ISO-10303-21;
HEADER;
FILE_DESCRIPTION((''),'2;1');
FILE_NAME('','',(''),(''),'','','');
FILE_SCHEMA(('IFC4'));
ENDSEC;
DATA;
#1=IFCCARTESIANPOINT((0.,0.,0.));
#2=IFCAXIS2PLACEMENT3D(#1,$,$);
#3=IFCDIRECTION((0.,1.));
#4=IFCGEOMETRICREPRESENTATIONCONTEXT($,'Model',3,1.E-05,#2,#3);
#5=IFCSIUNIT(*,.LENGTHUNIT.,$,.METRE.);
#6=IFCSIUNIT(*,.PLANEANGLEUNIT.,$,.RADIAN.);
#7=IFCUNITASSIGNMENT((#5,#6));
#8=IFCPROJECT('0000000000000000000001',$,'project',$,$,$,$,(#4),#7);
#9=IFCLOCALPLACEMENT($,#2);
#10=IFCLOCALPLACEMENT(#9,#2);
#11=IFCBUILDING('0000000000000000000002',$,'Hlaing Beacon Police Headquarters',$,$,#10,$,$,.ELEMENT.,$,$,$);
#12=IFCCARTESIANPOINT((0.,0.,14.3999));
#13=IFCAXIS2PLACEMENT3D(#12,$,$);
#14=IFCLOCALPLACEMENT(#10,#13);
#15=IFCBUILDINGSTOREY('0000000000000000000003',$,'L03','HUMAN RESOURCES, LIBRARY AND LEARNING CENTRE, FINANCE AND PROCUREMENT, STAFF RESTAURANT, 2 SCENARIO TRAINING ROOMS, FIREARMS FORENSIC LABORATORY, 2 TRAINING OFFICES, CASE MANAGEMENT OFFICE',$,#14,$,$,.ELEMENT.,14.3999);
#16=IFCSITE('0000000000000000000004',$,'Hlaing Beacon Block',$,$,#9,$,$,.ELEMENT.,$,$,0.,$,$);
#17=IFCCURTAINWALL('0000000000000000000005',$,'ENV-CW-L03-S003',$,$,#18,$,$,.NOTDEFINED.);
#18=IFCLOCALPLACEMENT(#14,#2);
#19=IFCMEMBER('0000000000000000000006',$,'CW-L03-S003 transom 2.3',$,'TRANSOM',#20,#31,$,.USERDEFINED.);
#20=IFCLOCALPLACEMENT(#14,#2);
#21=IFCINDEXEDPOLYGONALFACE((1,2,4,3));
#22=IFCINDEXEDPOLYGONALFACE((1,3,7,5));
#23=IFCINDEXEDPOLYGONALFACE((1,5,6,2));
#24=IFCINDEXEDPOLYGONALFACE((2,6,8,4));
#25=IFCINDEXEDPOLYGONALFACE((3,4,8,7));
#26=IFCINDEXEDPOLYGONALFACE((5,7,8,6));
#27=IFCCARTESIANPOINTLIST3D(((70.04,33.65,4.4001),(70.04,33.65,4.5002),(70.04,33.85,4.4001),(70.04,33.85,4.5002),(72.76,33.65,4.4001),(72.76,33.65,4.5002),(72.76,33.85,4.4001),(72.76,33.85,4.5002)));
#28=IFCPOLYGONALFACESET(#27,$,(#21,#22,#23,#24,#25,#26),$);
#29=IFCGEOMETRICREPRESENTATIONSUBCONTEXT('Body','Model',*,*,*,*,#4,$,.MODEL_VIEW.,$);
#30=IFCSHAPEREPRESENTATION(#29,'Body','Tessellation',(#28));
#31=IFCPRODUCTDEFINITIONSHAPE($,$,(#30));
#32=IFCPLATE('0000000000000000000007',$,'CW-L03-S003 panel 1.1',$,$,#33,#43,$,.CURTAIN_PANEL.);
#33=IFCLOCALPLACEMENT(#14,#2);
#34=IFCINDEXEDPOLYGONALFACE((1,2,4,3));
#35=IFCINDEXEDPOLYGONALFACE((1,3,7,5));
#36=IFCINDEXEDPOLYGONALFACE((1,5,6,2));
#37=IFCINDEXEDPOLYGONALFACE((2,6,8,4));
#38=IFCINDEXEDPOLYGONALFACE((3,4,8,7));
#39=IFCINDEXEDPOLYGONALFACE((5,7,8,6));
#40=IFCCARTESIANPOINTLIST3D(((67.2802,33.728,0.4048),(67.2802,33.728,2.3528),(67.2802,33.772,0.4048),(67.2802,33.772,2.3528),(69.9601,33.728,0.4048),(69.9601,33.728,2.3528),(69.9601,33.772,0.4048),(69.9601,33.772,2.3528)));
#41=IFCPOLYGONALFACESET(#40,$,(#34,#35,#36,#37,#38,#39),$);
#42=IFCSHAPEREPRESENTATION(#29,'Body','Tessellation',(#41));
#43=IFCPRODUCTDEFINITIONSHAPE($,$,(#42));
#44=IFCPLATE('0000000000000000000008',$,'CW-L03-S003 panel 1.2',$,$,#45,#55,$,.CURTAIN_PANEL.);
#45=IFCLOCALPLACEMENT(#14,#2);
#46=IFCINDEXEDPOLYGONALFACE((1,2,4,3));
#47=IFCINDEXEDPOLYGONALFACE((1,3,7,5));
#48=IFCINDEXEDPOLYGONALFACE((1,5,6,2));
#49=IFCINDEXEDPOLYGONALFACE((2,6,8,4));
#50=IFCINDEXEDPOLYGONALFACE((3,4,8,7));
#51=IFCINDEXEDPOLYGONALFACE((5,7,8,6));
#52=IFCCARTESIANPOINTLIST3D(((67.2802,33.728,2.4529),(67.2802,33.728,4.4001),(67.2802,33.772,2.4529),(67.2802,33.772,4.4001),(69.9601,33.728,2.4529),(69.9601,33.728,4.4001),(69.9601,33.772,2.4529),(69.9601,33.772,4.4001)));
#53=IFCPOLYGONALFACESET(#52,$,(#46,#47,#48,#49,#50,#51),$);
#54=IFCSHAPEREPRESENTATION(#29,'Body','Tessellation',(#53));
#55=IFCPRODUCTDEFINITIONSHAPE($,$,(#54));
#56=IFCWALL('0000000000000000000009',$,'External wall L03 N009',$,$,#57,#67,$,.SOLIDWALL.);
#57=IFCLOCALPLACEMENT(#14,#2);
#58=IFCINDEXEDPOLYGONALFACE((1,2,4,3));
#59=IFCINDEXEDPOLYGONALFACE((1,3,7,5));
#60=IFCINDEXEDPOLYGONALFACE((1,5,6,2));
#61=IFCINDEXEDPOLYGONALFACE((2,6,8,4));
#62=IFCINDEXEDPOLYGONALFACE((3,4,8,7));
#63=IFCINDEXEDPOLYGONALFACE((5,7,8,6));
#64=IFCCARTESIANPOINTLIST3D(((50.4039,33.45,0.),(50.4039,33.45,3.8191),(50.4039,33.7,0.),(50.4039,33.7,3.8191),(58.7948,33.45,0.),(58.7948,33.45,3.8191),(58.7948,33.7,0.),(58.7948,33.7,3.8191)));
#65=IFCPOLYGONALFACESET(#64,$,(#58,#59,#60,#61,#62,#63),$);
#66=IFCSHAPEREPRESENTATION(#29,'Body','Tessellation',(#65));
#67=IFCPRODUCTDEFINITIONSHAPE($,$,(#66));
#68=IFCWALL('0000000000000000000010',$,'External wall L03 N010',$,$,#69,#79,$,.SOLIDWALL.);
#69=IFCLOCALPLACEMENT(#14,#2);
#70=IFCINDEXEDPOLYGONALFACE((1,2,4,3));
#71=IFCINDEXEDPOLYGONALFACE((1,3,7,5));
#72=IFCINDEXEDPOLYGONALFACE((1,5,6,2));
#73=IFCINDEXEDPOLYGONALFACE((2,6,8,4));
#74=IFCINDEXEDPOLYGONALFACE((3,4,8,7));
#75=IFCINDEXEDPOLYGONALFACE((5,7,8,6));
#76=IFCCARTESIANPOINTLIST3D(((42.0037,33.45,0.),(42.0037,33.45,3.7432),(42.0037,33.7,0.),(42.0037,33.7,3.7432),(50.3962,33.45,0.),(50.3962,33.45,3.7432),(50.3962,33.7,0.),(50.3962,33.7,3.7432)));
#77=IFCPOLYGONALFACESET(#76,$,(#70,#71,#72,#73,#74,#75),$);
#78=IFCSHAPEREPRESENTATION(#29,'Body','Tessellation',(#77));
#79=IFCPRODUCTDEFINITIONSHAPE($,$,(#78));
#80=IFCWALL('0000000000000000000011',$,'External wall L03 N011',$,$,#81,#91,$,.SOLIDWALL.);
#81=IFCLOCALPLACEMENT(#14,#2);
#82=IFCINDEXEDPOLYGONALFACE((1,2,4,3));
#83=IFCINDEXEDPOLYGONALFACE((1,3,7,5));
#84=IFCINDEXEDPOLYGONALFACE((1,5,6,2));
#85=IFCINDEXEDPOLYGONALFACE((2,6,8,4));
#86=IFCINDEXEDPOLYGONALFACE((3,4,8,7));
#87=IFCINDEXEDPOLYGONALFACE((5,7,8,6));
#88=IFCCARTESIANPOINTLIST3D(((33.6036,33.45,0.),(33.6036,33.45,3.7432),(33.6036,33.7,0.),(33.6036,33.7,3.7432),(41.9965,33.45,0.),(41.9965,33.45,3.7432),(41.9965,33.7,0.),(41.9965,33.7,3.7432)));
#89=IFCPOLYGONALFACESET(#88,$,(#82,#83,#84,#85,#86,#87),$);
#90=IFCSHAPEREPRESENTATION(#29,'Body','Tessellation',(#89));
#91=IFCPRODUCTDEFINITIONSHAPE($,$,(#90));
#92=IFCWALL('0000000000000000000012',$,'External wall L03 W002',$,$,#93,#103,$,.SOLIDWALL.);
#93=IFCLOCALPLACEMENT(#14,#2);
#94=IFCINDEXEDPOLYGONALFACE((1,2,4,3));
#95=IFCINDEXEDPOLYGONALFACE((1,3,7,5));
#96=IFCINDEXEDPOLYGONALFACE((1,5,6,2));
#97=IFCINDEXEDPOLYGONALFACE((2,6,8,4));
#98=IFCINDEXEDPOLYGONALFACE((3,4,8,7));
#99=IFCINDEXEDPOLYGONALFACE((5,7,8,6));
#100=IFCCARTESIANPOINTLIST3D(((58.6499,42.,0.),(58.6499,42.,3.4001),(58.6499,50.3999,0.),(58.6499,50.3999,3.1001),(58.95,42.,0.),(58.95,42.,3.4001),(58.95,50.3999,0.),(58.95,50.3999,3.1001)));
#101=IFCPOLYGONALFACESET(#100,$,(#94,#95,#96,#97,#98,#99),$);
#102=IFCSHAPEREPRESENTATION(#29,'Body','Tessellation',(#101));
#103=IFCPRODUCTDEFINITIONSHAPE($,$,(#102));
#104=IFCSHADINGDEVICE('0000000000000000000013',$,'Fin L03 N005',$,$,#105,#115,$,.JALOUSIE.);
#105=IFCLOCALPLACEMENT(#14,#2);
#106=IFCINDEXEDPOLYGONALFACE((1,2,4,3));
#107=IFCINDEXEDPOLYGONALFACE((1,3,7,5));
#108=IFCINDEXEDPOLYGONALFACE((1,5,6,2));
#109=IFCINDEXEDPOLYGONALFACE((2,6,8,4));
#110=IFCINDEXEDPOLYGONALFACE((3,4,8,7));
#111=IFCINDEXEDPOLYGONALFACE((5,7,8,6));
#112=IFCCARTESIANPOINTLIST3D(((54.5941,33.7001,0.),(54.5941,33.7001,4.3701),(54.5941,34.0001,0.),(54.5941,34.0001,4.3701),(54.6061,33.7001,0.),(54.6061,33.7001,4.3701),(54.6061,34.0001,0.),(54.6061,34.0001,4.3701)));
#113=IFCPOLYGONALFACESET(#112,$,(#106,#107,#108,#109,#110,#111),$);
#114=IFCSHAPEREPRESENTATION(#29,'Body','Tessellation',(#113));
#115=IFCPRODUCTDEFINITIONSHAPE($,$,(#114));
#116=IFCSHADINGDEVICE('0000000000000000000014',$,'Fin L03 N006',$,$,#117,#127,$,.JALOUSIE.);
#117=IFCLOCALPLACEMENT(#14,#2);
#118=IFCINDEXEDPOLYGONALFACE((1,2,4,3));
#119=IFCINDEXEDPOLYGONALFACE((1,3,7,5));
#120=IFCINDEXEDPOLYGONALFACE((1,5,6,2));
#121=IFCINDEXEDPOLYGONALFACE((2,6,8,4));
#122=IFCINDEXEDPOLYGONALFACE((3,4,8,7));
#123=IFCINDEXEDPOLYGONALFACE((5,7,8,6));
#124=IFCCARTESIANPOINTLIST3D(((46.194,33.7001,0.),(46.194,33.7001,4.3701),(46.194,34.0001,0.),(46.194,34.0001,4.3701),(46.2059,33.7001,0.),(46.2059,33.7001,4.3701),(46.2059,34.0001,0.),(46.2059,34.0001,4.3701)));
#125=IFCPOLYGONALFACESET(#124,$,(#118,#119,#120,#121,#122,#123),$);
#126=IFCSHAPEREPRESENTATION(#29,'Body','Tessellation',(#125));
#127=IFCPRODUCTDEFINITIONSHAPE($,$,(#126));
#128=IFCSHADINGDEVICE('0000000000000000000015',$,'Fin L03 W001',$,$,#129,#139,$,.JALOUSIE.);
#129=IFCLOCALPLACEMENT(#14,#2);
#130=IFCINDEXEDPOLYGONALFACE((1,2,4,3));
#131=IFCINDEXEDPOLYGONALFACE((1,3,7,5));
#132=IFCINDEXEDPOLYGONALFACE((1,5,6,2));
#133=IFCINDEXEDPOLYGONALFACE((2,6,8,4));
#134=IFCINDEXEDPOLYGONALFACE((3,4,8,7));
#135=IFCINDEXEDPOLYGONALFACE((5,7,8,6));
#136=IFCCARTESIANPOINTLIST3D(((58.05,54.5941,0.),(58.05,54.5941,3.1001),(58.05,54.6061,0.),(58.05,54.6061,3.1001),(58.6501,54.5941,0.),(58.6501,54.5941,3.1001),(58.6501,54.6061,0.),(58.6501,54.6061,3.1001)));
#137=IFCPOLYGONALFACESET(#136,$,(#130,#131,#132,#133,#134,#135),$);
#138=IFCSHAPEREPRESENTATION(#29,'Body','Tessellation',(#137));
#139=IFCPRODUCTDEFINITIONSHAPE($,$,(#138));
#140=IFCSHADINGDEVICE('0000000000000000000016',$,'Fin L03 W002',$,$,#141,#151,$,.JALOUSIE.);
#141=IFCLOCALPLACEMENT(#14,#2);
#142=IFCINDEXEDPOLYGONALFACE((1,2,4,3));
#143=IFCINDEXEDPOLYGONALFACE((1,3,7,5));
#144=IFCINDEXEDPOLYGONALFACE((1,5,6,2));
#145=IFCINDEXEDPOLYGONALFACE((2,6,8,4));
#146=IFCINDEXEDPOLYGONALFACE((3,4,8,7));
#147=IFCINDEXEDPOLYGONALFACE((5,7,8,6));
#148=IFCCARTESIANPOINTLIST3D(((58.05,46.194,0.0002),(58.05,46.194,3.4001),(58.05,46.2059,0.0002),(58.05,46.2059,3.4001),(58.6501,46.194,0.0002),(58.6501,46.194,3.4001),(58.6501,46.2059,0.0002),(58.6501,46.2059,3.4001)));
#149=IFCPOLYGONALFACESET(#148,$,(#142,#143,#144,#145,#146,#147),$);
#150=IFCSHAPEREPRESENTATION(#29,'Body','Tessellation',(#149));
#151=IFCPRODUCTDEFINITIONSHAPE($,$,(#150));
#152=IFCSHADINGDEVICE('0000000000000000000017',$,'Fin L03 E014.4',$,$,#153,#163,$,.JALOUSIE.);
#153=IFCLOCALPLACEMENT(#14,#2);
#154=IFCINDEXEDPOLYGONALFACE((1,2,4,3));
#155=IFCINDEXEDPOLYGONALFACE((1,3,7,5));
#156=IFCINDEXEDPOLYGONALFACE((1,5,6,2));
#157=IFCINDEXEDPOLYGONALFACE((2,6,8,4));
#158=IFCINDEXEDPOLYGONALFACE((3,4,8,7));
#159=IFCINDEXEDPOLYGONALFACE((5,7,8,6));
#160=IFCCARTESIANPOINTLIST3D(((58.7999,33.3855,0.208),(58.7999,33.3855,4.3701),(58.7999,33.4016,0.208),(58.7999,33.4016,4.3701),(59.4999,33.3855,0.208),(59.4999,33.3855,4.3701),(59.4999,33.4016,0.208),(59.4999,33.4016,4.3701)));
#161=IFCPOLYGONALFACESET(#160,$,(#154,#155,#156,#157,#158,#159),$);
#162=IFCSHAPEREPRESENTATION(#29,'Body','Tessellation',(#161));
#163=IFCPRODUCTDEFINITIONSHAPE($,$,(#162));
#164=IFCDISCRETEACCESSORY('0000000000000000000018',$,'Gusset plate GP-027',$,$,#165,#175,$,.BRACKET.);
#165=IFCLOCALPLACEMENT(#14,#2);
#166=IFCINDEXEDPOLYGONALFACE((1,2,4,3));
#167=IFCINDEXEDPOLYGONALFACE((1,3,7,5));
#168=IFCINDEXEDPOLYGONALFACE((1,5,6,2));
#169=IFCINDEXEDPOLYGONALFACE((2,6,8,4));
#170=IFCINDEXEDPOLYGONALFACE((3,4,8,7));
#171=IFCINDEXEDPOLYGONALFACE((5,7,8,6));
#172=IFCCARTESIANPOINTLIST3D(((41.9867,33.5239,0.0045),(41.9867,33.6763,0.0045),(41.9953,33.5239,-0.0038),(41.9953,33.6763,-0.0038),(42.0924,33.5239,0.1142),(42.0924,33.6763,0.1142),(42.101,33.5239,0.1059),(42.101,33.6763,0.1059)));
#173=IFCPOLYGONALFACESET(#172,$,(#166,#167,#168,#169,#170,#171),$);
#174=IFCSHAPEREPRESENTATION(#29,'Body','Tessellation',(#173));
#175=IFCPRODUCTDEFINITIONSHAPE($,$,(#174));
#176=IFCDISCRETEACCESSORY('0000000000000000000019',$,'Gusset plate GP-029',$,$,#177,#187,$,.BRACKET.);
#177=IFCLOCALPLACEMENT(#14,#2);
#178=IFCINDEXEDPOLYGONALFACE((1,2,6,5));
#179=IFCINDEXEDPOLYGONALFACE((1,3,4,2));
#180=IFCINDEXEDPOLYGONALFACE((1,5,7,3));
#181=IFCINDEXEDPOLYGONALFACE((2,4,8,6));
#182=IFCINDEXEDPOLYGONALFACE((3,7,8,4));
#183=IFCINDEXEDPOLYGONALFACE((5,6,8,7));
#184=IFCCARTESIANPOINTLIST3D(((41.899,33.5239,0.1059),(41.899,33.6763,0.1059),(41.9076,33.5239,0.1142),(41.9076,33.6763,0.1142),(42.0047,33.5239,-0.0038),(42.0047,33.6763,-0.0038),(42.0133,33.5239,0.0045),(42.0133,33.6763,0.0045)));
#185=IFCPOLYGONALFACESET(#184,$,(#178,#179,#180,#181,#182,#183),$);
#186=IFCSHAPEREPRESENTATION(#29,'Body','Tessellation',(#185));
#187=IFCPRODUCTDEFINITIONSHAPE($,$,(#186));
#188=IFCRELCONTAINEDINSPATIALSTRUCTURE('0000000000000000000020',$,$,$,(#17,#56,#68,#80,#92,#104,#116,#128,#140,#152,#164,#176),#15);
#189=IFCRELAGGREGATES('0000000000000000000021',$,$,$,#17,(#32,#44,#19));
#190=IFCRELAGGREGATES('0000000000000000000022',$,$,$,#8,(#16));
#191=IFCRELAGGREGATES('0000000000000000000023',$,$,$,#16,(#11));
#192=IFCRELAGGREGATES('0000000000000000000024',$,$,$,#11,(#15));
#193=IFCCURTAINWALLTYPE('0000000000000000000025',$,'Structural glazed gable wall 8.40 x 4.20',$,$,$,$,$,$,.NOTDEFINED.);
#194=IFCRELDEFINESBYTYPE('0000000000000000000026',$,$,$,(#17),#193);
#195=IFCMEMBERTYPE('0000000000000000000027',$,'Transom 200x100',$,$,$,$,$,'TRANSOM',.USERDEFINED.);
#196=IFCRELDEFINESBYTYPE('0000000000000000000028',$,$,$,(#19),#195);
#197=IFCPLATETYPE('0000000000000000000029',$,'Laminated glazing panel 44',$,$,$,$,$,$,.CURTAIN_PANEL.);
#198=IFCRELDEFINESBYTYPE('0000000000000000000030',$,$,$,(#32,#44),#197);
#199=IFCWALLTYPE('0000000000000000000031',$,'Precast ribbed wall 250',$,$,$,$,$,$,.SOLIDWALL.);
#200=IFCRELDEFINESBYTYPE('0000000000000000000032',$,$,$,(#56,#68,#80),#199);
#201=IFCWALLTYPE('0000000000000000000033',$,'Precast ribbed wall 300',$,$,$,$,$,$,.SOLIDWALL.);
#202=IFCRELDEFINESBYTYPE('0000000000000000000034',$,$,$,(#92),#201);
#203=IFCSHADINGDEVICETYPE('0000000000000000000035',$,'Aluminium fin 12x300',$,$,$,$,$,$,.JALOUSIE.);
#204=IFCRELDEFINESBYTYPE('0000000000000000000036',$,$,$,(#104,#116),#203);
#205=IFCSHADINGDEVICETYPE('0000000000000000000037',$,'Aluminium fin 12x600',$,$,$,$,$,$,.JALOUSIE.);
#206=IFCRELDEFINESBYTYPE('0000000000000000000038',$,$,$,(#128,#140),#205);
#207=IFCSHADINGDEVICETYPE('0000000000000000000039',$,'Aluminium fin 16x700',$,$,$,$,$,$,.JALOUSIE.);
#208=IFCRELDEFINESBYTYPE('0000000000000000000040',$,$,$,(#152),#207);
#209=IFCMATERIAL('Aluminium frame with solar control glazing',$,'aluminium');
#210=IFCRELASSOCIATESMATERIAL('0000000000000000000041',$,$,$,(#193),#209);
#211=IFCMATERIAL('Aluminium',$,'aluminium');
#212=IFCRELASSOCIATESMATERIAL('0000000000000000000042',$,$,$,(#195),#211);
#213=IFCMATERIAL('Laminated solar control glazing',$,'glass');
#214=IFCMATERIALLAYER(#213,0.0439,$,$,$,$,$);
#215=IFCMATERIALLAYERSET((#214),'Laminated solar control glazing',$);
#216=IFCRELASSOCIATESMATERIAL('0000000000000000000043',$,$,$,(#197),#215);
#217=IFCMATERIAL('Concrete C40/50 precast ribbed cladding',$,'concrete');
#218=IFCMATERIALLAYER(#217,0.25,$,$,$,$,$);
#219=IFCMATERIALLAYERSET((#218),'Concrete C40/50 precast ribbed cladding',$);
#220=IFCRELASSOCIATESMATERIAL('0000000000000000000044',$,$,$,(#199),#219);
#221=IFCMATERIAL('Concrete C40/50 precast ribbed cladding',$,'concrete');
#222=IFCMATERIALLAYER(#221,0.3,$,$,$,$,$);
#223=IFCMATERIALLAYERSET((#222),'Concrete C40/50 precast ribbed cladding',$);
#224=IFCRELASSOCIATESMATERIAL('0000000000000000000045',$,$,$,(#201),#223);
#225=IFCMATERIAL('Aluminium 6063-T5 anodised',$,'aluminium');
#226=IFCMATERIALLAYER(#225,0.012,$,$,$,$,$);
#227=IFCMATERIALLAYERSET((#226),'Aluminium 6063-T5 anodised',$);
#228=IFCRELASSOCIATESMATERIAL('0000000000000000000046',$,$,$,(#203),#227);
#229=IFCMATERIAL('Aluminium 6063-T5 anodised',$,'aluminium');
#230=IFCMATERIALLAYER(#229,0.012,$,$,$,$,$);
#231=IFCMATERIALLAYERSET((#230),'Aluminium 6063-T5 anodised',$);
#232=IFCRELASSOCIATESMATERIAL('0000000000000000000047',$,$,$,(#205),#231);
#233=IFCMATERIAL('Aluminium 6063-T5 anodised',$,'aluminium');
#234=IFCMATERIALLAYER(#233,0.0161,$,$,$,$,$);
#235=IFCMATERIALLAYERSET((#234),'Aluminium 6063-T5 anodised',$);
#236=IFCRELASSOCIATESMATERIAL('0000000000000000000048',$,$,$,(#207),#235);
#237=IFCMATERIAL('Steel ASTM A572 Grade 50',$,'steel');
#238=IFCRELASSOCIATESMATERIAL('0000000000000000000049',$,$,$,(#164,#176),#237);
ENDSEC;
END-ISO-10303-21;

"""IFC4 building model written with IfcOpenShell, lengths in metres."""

from ifc_helpers import new_model, si_unit, direction, frame, frame_2d, origin, origin_2d, place, context, subcontext, project, spatial, polyline, rectangle, outline, extrude, material, layer, layer_set, material_profile, profile_set, type_object, element, aggregate, save


model = new_model("IFC4")

# Units and contexts
model_context = context("Model", 3, precision=1e-05, world=origin(), true_north=direction((0.0, 1.0)))
body_context = subcontext(model_context, "Body", "Model", "MODEL_VIEW")
ifc_project = project(units=[si_unit("LENGTHUNIT", "METRE"), si_unit("PLANEANGLEUNIT", "RADIAN")], contexts=[model_context])

# Site, building, storey
site_placement = place(None, origin())
site = spatial("IfcSite", under=ifc_project, at=site_placement, Name="Hlaing Beacon Block", CompositionType="ELEMENT", RefElevation=0.0)
building_placement = place(site_placement, origin())
building = spatial("IfcBuilding", under=site, at=building_placement, Name="Hlaing Beacon Police Headquarters", CompositionType="ELEMENT")
storey_placement = place(building_placement, frame((0.0, 0.0, 14.3999)))
storey = spatial("IfcBuildingStorey", under=building, at=storey_placement, Name="L03", Description="HUMAN RESOURCES, LIBRARY AND LEARNING CENTRE, FINANCE AND PROCUREMENT, STAFF RESTAURANT, 2 SCENARIO TRAINING ROOMS, FIREARMS FORENSIC LABORATORY, 2 TRAINING OFFICES, CASE MANAGEMENT OFFICE", CompositionType="ELEMENT", Elevation=14.3999)

# Curtain wall, member, plates
ifc_material_1 = material(Name="Aluminium frame with solar control glazing", Category="aluminium")
curtain_wall_type = type_object("IfcCurtainWallType", Name="Structural glazed gable wall 8.40 x 4.20", PredefinedType="NOTDEFINED", material=ifc_material_1)
curtain_wall_placement = place(storey_placement, origin())
curtain_wall = element("IfcCurtainWall", 1, at=curtain_wall_placement, inside=storey, type_object=curtain_wall_type, Name="ENV-CW-L03-S003", PredefinedType="NOTDEFINED")
ifc_material_2 = material(Name="Aluminium", Category="aluminium")
ifc_material_profile_1 = material_profile(ifc_material_2, rectangle(XDim=0.2, YDim=0.1001, at=origin_2d()), Name="Transom 200x100")
ifc_profile_set_1 = profile_set([ifc_material_profile_1], Name="Aluminium")
member_type_1 = type_object("IfcMemberType", Name="Transom 200x100", ElementType="TRANSOM", PredefinedType="USERDEFINED", material=ifc_profile_set_1)
member_1_placement = place(storey_placement, frame((70.04, 33.75, 4.4502), z_axis=(1.0, 0.0, 0.0), x_axis=(0.0, 1.0, 0.0)))
member_1 = element("IfcMember", 2, at=member_1_placement, type_object=member_type_1, Name="CW-L03-S003 transom 2.3", ObjectType="TRANSOM", PredefinedType="USERDEFINED", context=body_context, shape_type="SweptSolid", body=[
    extrude(rectangle(XDim=0.2, YDim=0.1001, at=origin_2d()), origin(), (0.0, 0.0, 1.0), 2.72),
])
ifc_material_3 = material(Name="Laminated solar control glazing", Category="glass")
ifc_layer_1 = layer(ifc_material_3, 0.0439)
ifc_layer_set_1 = layer_set([ifc_layer_1], Name="Laminated solar control glazing")
plate_type = type_object("IfcPlateType", Name="Laminated glazing panel 44", PredefinedType="CURTAIN_PANEL", material=ifc_layer_set_1)
plate_1_placement = place(storey_placement, frame((68.6201, 33.75, 0.4048), z_axis=(0.0, 0.0, 1.0), x_axis=(1.0, 0.0, 0.0)))
plate_1 = element("IfcPlate", 3, at=plate_1_placement, type_object=plate_type, Name="CW-L03-S003 panel 1.1", PredefinedType="CURTAIN_PANEL", context=body_context, shape_type="SweptSolid", body=[
    extrude(rectangle(XDim=2.6799, YDim=0.0439, at=origin_2d()), origin(), (0.0, 0.0, 1.0), 1.948),
])
plate_2_placement = place(storey_placement, frame((68.6201, 33.75, 2.4529), z_axis=(0.0, 0.0, 1.0), x_axis=(1.0, 0.0, 0.0)))
plate_2 = element("IfcPlate", 4, at=plate_2_placement, type_object=plate_type, Name="CW-L03-S003 panel 1.2", PredefinedType="CURTAIN_PANEL", context=body_context, shape_type="SweptSolid", body=[
    extrude(rectangle(XDim=2.6799, YDim=0.0439, at=origin_2d()), origin(), (0.0, 0.0, 1.0), 1.9473),
])
aggregate(curtain_wall, [plate_1, plate_2, member_1])

# Walls
ifc_material_4 = material(Name="Concrete C40/50 precast ribbed cladding", Category="concrete")
ifc_layer_2 = layer(ifc_material_4, 0.25)
ifc_layer_set_2 = layer_set([ifc_layer_2], Name="Concrete C40/50 precast ribbed cladding")
wall_type_1 = type_object("IfcWallType", Name="Precast ribbed wall 250", PredefinedType="SOLIDWALL", material=ifc_layer_set_2)
wall_1_placement = place(storey_placement, frame((58.7947, 33.575, 0.0), z_axis=(0.0, 0.0, 1.0), x_axis=(-1.0, 0.0, 0.0)))
element("IfcWall", 5, at=wall_1_placement, inside=storey, type_object=wall_type_1, Name="External wall L03 N009", PredefinedType="SOLIDWALL", context=body_context, shape_type="SweptSolid", body=[
    extrude(rectangle(XDim=8.3909, YDim=0.25, at=frame_2d((4.1953, 0.0))), origin(), (0.0, 0.0, 1.0), 3.8191),
])
wall_2_placement = place(storey_placement, frame((50.3962, 33.575, 0.0), z_axis=(0.0, 0.0, 1.0), x_axis=(-1.0, 0.0, 0.0)))
element("IfcWall", 6, at=wall_2_placement, inside=storey, type_object=wall_type_1, Name="External wall L03 N010", PredefinedType="SOLIDWALL", context=body_context, shape_type="SweptSolid", body=[
    extrude(rectangle(XDim=8.3926, YDim=0.25, at=frame_2d((4.1963, 0.0))), origin(), (0.0, 0.0, 1.0), 3.7432),
])
wall_3_placement = place(storey_placement, frame((41.9963, 33.575, 0.0), z_axis=(0.0, 0.0, 1.0), x_axis=(-1.0, 0.0, 0.0)))
element("IfcWall", 7, at=wall_3_placement, inside=storey, type_object=wall_type_1, Name="External wall L03 N011", PredefinedType="SOLIDWALL", context=body_context, shape_type="SweptSolid", body=[
    extrude(rectangle(XDim=8.3928, YDim=0.25, at=frame_2d((4.1963, 0.0))), origin(), (0.0, 0.0, 1.0), 3.7432),
])
ifc_material_5 = material(Name="Concrete C40/50 precast ribbed cladding", Category="concrete")
ifc_layer_3 = layer(ifc_material_5, 0.3)
ifc_layer_set_3 = layer_set([ifc_layer_3], Name="Concrete C40/50 precast ribbed cladding")
wall_type_2 = type_object("IfcWallType", Name="Precast ribbed wall 300", PredefinedType="SOLIDWALL", material=ifc_layer_set_3)
wall_4_placement = place(storey_placement, frame((58.8, 50.3999, 0.0), z_axis=(0.0, 0.0, 1.0), x_axis=(0.0, -1.0, 0.0)))
element("IfcWall", 8, at=wall_4_placement, inside=storey, type_object=wall_type_2, Name="External wall L03 W002", PredefinedType="SOLIDWALL", context=body_context, shape_type="SweptSolid", body=[
    extrude(outline(polyline([(0.0, 0.0), (8.3999, 0.0), (8.3999, 3.4001), (0.0, 3.1001), (0.0, 0.0)])), frame((0.0, 0.1499, 0.0), z_axis=(0.0, -1.0, 0.0), x_axis=(1.0, 0.0, 0.0)), (0.0, 0.0, 1.0), 0.3),
])

# Shading devices
ifc_material_6 = material(Name="Aluminium 6063-T5 anodised", Category="aluminium")
ifc_layer_4 = layer(ifc_material_6, 0.012)
ifc_layer_set_4 = layer_set([ifc_layer_4], Name="Aluminium 6063-T5 anodised")
shading_device_type_1 = type_object("IfcShadingDeviceType", Name="Aluminium fin 12x300", PredefinedType="JALOUSIE", material=ifc_layer_set_4)
for number, where, z_axis, x_axis, name in (
    (9, (54.6001, 33.8501, 0.0), (0.0, 0.0, 1.0), (-1.0, 0.0, 0.0), "Fin L03 N005"),
    (10, (46.2, 33.8501, 0.0), (0.0, 0.0, 1.0), (-1.0, 0.0, 0.0), "Fin L03 N006"),
):
    element("IfcShadingDevice", number, at=place(storey_placement, frame(where, z_axis=z_axis, x_axis=x_axis)), inside=storey, type_object=shading_device_type_1, Name=name, PredefinedType="JALOUSIE", context=body_context, shape_type="SweptSolid", body=[
        extrude(rectangle(XDim=0.012, YDim=0.3, at=origin_2d()), origin(), (0.0, 0.0, 1.0), 4.3701),
    ])
ifc_material_7 = material(Name="Aluminium 6063-T5 anodised", Category="aluminium")
ifc_layer_5 = layer(ifc_material_7, 0.012)
ifc_layer_set_5 = layer_set([ifc_layer_5], Name="Aluminium 6063-T5 anodised")
shading_device_type_2 = type_object("IfcShadingDeviceType", Name="Aluminium fin 12x600", PredefinedType="JALOUSIE", material=ifc_layer_set_5)
shading_device_1_placement = place(storey_placement, frame((58.3501, 54.6001, 0.0), z_axis=(0.0, 0.0, 1.0), x_axis=(0.0, -1.0, 0.0)))
element("IfcShadingDevice", 11, at=shading_device_1_placement, inside=storey, type_object=shading_device_type_2, Name="Fin L03 W001", PredefinedType="JALOUSIE", context=body_context, shape_type="SweptSolid", body=[
    extrude(rectangle(XDim=0.012, YDim=0.6001, at=origin_2d()), origin(), (0.0, 0.0, 1.0), 3.1001),
])
shading_device_2_placement = place(storey_placement, frame((58.3501, 46.2, 0.0002), z_axis=(0.0, 0.0, 1.0), x_axis=(0.0, -1.0, 0.0)))
element("IfcShadingDevice", 12, at=shading_device_2_placement, inside=storey, type_object=shading_device_type_2, Name="Fin L03 W002", PredefinedType="JALOUSIE", context=body_context, shape_type="SweptSolid", body=[
    extrude(rectangle(XDim=0.012, YDim=0.6001, at=origin_2d()), origin(), (0.0, 0.0, 1.0), 3.3999),
])
ifc_material_8 = material(Name="Aluminium 6063-T5 anodised", Category="aluminium")
ifc_layer_6 = layer(ifc_material_8, 0.0161)
ifc_layer_set_6 = layer_set([ifc_layer_6], Name="Aluminium 6063-T5 anodised")
shading_device_type_3 = type_object("IfcShadingDeviceType", Name="Aluminium fin 16x700", PredefinedType="JALOUSIE", material=ifc_layer_set_6)
shading_device_3_placement = place(storey_placement, frame((59.1499, 33.3936, 0.208), z_axis=(0.0, 0.0, 1.0), x_axis=(0.0, 1.0, 0.0)))
element("IfcShadingDevice", 13, at=shading_device_3_placement, inside=storey, type_object=shading_device_type_3, Name="Fin L03 E014.4", PredefinedType="JALOUSIE", context=body_context, shape_type="SweptSolid", body=[
    extrude(rectangle(XDim=0.0161, YDim=0.7, at=origin_2d()), origin(), (0.0, 0.0, 1.0), 4.1621),
])

# Discrete accessories
ifc_material_9 = material(Name="Steel ASTM A572 Grade 50", Category="steel")
for number, where, z_axis, x_axis, name in (
    (14, (42.0396, 33.6001, 0.0593), (0.719984, 0.0, -0.693991), (0.0, 1.0, 0.0), "Gusset plate GP-027"),
    (15, (41.9604, 33.6001, 0.0593), (-0.719984, 0.0, -0.693991), (0.0, -1.0, 0.0), "Gusset plate GP-029"),
):
    element("IfcDiscreteAccessory", number, at=place(storey_placement, frame(where, z_axis=z_axis, x_axis=x_axis)), inside=storey, material=ifc_material_9, Name=name, PredefinedType="BRACKET", context=body_context, shape_type="SweptSolid", body=[
        extrude(rectangle(XDim=0.1523, YDim=0.1523, at=origin_2d()), origin(), (0.0, 0.0, 1.0), 0.012),
    ])

save(model, "model.ifc")
